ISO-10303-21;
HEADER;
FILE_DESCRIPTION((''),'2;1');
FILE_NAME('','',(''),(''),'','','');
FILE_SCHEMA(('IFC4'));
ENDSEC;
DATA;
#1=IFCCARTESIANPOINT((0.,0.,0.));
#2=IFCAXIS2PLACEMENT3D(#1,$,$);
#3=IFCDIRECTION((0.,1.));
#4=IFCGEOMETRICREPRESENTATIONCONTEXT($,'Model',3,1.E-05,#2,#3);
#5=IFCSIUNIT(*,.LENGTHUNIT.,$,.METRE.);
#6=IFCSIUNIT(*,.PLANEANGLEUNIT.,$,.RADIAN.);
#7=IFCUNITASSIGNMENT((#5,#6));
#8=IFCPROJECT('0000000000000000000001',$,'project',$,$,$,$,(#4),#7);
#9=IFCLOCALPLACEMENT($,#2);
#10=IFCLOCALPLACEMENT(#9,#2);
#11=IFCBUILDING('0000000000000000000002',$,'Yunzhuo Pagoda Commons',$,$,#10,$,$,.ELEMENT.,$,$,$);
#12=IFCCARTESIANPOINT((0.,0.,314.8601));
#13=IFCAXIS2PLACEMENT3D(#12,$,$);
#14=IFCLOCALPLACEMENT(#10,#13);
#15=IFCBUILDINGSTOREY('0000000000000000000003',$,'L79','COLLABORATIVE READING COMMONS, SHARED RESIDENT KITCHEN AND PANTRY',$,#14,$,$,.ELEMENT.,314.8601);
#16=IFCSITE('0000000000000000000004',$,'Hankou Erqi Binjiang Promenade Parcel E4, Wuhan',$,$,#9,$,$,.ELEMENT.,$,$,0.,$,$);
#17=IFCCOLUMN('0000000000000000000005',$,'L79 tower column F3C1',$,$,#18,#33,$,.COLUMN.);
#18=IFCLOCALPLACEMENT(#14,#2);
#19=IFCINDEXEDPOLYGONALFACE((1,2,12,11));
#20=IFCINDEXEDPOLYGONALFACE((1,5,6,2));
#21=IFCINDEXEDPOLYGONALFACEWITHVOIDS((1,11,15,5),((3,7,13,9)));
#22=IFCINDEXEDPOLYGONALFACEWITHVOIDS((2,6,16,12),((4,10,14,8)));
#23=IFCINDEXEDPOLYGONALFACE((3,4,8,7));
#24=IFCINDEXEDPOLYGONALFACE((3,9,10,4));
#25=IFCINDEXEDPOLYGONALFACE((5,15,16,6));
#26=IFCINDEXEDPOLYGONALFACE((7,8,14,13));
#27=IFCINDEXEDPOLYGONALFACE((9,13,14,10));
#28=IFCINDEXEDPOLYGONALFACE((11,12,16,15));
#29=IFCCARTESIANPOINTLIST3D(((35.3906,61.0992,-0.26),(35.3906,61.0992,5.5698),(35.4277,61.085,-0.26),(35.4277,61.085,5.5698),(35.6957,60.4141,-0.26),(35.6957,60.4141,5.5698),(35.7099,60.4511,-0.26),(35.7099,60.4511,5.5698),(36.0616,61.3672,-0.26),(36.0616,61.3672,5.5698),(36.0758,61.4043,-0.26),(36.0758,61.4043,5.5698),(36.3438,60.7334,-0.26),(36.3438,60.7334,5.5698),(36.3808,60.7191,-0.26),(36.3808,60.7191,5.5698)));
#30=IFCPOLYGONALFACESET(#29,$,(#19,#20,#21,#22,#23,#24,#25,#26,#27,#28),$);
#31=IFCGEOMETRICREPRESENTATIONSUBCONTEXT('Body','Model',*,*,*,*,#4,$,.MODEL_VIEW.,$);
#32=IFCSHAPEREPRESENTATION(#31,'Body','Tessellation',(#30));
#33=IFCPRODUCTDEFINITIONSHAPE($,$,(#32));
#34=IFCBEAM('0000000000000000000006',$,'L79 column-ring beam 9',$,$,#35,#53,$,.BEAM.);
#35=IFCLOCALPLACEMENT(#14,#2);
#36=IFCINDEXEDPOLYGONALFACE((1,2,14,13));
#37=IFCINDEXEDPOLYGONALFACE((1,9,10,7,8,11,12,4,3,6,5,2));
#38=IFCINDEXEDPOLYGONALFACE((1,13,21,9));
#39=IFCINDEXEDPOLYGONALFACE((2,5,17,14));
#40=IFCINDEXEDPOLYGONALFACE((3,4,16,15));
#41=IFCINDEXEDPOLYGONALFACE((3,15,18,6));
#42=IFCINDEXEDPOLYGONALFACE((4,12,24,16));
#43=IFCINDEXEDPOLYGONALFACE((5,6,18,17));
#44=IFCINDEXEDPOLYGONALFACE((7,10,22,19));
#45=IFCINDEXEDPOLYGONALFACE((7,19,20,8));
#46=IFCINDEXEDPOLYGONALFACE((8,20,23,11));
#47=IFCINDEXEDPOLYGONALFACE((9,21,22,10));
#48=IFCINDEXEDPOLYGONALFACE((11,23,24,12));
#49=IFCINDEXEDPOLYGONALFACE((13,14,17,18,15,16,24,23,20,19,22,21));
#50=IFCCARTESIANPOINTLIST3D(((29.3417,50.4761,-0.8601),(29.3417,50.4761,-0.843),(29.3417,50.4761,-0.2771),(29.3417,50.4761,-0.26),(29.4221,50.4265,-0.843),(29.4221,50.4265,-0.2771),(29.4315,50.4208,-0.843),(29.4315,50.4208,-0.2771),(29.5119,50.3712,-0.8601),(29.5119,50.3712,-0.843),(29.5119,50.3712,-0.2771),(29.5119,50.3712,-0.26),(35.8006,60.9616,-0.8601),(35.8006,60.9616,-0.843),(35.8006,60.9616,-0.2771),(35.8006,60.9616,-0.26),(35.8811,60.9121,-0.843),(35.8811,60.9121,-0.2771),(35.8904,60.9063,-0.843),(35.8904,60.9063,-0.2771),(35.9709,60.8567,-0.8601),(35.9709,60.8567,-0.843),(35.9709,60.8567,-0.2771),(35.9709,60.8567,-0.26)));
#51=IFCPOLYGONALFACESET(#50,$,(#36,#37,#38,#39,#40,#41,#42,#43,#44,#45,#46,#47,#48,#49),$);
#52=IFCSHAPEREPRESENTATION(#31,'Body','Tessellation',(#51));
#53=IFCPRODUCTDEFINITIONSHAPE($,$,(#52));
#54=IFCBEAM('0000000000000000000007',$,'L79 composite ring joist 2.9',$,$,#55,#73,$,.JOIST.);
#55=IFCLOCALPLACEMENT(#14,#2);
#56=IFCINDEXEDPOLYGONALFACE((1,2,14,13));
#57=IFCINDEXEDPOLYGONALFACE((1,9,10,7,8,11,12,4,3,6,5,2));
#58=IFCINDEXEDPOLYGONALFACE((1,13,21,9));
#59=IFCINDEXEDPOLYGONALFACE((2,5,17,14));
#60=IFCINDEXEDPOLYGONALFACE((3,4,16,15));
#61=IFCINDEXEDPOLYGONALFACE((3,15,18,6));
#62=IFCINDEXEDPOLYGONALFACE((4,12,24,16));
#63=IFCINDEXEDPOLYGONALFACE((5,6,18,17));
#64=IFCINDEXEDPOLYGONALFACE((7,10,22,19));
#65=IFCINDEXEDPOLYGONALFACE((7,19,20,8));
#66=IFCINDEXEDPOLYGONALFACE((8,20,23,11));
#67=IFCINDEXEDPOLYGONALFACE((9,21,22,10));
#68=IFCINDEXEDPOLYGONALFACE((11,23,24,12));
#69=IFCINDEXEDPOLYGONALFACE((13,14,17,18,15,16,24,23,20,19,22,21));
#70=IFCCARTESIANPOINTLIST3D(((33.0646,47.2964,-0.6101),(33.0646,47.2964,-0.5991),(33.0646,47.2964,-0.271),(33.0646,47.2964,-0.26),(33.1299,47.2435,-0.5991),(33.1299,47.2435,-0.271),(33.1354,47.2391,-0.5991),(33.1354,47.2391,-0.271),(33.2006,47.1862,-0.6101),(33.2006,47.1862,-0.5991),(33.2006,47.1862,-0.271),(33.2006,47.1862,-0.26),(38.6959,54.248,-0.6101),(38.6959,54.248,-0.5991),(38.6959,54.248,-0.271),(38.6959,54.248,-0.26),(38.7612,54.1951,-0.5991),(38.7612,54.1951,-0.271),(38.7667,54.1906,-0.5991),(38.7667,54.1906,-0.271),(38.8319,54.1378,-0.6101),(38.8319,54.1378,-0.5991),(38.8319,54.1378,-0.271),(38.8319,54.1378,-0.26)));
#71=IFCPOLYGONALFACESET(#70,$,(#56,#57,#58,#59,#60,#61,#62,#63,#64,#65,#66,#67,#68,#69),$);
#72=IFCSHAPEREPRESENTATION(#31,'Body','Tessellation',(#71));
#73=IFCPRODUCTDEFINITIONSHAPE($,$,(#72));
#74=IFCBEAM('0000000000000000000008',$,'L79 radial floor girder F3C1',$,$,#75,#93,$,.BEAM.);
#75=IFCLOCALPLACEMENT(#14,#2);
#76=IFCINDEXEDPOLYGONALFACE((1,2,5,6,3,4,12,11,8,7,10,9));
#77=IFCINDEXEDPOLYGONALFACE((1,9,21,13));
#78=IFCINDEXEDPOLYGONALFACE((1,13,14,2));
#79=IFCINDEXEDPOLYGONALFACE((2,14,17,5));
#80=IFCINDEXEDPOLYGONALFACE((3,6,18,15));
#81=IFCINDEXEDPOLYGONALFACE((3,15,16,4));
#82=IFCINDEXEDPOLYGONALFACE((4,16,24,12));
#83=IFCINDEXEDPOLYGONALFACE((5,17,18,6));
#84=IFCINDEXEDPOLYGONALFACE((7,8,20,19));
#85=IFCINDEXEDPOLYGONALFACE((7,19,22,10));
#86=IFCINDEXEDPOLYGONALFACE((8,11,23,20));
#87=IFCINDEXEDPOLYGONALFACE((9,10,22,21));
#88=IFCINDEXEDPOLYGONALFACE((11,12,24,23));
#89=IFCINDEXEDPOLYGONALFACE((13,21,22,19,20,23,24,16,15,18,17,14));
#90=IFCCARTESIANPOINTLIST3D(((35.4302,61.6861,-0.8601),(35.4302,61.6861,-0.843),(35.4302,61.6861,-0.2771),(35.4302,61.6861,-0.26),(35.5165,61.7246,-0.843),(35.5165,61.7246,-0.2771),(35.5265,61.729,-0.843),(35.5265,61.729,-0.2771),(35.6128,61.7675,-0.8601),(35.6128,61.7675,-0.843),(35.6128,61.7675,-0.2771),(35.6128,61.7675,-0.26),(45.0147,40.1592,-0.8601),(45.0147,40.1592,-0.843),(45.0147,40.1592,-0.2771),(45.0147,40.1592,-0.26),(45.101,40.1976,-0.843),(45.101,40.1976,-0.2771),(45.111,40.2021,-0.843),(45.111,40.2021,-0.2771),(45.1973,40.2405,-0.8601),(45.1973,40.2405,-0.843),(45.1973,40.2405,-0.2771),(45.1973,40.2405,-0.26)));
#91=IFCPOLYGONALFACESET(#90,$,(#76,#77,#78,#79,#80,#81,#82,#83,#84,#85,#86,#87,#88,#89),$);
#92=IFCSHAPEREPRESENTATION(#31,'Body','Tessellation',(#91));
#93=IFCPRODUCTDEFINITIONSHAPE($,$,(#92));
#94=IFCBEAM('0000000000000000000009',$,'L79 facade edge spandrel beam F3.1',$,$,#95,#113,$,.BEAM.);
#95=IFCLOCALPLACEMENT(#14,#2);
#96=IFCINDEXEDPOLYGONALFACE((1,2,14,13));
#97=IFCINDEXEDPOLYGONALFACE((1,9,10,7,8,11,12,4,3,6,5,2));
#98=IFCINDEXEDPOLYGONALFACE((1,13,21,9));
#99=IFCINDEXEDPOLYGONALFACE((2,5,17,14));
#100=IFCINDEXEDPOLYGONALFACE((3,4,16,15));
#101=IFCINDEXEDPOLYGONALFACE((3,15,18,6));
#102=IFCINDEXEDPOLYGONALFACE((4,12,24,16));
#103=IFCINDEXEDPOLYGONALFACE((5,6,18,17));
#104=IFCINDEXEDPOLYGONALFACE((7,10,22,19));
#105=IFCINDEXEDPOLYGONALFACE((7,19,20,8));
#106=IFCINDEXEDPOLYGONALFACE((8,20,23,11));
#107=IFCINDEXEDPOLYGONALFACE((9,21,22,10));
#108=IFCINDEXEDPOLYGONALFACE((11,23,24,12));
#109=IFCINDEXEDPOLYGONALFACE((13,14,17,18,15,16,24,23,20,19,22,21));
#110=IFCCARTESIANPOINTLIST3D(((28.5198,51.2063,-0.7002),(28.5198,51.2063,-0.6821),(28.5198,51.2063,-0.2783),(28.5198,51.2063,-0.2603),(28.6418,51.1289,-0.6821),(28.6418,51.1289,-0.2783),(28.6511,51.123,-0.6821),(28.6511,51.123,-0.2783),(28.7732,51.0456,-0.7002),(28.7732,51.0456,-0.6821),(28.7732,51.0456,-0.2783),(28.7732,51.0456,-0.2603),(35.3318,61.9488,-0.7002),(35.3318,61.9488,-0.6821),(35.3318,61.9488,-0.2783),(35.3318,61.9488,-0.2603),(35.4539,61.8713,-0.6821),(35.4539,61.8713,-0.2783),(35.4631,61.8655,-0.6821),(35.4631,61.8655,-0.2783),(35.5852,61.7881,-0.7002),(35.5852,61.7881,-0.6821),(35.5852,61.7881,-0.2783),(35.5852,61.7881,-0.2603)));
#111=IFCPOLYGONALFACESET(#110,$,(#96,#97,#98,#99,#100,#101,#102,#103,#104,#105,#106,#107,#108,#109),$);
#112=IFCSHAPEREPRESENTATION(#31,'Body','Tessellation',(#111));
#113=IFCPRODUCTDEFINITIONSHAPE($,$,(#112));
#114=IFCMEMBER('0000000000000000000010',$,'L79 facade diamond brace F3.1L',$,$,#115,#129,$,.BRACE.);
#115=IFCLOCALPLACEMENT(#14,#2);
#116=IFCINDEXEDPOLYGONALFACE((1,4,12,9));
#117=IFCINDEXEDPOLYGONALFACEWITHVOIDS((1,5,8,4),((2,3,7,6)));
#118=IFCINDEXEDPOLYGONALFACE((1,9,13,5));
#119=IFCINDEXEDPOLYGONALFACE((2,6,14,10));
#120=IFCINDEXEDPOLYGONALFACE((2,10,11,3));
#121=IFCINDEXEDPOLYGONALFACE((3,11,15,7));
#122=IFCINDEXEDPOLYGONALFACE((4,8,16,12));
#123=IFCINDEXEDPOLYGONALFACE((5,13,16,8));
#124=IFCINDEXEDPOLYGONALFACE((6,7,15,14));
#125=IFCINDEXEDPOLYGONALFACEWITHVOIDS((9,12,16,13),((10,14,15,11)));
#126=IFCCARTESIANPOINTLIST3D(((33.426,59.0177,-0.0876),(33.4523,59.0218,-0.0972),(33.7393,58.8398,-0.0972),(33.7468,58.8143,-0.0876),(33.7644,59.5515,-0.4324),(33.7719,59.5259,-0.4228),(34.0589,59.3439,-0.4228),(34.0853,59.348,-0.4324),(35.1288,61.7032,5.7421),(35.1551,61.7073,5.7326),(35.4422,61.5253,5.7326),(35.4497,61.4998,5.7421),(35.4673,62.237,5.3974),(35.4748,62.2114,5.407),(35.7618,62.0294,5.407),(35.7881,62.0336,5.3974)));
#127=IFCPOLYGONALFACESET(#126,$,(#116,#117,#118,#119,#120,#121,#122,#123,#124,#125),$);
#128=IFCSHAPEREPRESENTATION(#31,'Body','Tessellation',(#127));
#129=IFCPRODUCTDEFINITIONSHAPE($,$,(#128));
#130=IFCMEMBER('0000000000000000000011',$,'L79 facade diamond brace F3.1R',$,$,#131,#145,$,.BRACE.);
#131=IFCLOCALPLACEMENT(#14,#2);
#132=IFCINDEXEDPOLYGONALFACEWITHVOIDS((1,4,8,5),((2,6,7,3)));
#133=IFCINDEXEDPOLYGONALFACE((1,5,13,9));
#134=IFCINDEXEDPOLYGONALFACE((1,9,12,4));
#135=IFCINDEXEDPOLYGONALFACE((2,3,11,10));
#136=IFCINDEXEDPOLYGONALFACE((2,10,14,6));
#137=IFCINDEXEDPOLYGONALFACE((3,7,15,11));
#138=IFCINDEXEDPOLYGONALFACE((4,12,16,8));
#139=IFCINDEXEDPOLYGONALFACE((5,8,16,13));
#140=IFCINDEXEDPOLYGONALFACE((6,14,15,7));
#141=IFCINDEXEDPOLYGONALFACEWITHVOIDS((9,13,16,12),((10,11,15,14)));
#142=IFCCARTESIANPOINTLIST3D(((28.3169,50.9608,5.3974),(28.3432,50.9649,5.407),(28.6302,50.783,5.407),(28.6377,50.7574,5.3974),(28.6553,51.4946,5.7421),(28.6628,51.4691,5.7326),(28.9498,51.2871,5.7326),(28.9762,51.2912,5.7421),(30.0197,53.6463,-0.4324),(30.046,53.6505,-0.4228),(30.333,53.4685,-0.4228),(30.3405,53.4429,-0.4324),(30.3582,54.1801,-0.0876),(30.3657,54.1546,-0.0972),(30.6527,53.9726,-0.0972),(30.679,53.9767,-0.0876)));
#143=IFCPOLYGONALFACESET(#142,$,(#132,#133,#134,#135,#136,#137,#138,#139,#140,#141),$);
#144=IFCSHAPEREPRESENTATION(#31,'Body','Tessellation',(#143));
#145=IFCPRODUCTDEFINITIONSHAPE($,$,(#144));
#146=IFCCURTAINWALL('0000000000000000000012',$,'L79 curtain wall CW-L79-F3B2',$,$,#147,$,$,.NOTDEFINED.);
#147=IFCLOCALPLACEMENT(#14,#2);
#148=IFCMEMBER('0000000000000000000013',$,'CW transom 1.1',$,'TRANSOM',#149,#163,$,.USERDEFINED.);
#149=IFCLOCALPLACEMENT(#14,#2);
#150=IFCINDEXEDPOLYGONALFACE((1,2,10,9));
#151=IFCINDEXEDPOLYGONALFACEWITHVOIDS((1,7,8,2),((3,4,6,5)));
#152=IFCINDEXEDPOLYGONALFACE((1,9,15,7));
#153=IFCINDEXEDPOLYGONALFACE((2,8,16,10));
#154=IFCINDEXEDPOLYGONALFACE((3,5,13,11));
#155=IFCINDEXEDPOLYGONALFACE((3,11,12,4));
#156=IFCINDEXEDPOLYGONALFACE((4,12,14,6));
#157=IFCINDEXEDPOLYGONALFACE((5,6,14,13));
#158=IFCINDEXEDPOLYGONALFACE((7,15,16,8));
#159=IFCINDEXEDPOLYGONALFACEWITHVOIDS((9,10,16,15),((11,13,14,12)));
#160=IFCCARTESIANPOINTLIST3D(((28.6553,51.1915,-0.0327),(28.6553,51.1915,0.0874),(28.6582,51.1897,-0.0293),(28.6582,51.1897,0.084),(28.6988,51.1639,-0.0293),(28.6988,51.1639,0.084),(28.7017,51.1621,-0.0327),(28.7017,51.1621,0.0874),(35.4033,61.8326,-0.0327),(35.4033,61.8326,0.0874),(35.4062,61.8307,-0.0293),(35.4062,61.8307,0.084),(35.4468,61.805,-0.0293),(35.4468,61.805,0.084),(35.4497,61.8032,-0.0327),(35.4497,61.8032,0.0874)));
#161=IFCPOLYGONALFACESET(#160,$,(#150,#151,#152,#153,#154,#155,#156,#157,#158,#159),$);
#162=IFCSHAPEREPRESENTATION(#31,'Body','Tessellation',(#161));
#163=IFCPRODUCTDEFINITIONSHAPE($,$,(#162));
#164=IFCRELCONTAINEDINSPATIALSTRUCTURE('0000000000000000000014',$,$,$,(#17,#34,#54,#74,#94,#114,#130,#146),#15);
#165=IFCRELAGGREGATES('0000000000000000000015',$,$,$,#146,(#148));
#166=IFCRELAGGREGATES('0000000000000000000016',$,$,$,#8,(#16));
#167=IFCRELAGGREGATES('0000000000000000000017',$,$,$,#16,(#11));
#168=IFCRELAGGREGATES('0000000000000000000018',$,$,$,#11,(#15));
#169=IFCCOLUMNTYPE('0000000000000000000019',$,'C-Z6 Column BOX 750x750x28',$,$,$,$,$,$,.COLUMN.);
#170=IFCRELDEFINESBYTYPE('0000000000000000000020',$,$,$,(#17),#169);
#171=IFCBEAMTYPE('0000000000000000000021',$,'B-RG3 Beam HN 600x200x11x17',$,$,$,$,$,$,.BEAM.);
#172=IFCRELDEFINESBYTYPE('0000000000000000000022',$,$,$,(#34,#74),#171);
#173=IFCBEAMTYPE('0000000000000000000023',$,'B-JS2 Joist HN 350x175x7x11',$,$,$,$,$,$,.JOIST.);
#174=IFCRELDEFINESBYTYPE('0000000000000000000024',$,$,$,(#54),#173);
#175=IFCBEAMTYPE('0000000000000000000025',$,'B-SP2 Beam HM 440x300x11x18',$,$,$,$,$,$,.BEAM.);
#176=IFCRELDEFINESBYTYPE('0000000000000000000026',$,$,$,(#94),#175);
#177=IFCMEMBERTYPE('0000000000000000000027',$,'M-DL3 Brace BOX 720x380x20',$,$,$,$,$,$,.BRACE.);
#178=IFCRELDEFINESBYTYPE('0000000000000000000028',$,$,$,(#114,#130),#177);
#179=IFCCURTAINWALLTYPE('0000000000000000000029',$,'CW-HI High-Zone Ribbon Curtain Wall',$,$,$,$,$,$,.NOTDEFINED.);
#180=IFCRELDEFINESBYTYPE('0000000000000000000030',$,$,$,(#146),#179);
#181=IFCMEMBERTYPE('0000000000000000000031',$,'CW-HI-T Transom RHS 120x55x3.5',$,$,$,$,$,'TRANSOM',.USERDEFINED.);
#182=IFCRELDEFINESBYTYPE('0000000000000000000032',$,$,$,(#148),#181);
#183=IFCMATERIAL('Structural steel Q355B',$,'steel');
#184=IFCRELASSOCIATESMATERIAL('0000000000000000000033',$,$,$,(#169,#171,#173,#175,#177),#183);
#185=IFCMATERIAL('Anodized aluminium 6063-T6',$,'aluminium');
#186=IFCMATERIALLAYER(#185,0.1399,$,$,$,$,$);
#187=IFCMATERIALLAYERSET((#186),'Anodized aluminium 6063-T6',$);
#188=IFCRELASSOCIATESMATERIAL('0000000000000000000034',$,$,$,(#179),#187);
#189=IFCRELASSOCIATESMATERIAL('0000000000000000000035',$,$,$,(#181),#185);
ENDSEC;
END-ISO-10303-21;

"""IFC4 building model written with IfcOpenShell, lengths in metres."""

from ifc_helpers import new_model, si_unit, direction, frame, origin, origin_2d, place, context, subcontext, project, spatial, hollow_rectangle, i_section, extrude, source, transform, mapped, material, layer, layer_set, material_profile, profile_set, type_object, element, aggregate, save


model = new_model("IFC4")

# Units and contexts
model_context = context("Model", 3, precision=1e-05, world=origin(), true_north=direction((0.0, 1.0)))
body_context = subcontext(model_context, "Body", "Model", "MODEL_VIEW")
ifc_project = project(units=[si_unit("LENGTHUNIT", "METRE"), si_unit("PLANEANGLEUNIT", "RADIAN")], contexts=[model_context])

# Site, building, storey
site_placement = place(None, origin())
site = spatial("IfcSite", under=ifc_project, at=site_placement, Name="Hankou Erqi Binjiang Promenade Parcel E4, Wuhan", CompositionType="ELEMENT", RefElevation=0.0)
building_placement = place(site_placement, origin())
building = spatial("IfcBuilding", under=site, at=building_placement, Name="Yunzhuo Pagoda Commons", CompositionType="ELEMENT")
storey_placement = place(building_placement, frame((0.0, 0.0, 314.8601)))
storey = spatial("IfcBuildingStorey", under=building, at=storey_placement, Name="L79", Description="COLLABORATIVE READING COMMONS, SHARED RESIDENT KITCHEN AND PANTRY", CompositionType="ELEMENT", Elevation=314.8601)

# Column
ifc_material_1 = material(Name="Structural steel Q355B", Category="steel")
ifc_material_profile_1 = material_profile(ifc_material_1, hollow_rectangle(XDim=0.75, YDim=0.75, WallThickness=0.0281, at=origin_2d()), Name="Structural steel Q355B")
ifc_profile_set_1 = profile_set([ifc_material_profile_1], Name="Structural steel Q355B")
column_type = type_object("IfcColumnType", Name="C-Z6 Column BOX 750x750x28", PredefinedType="COLUMN", material=ifc_profile_set_1)
shared_shape_1 = source(origin(), body_context, "Body", "SweptSolid", [
    extrude(hollow_rectangle(XDim=0.75, YDim=0.75, WallThickness=0.0281, at=origin_2d()), origin(), (0.0, 0.0, 1.0), 5.8298),
])
column_placement = place(storey_placement, frame((35.8857, 60.9092, -0.26), z_axis=(0.0, 0.0, 1.0), x_axis=(-0.913545, -0.406737, 0.0)))
element("IfcColumn", 1, at=column_placement, inside=storey, type_object=column_type, Name="L79 tower column F3C1", PredefinedType="COLUMN", context=body_context, shape_type="MappedRepresentation", body=[
    mapped(shared_shape_1, transform((0.0, 0.0, 0.0), scale=1.0)),
])

# Beams
ifc_material_profile_2 = material_profile(ifc_material_1, i_section(OverallWidth=0.2, OverallDepth=0.6001, WebThickness=0.011, FlangeThickness=0.0171, at=origin_2d()), Name="Structural steel Q355B")
ifc_profile_set_2 = profile_set([ifc_material_profile_2], Name="Structural steel Q355B")
beam_type_1 = type_object("IfcBeamType", Name="B-RG3 Beam HN 600x200x11x17", PredefinedType="BEAM", material=ifc_profile_set_2)
shared_shape_2 = source(origin(), body_context, "Body", "SweptSolid", [
    extrude(i_section(OverallWidth=0.2, OverallDepth=0.6001, WebThickness=0.011, FlangeThickness=0.0171, at=origin_2d()), origin(), (0.0, 0.0, 1.0), 12.3152),
])
beam_1_placement = place(storey_placement, frame((35.8857, 60.9092, -0.5601), z_axis=(-0.524469, -0.85143, 0.0), x_axis=(0.85143, -0.524469, 0.0)))
element("IfcBeam", 2, at=beam_1_placement, inside=storey, type_object=beam_type_1, Name="L79 column-ring beam 9", PredefinedType="BEAM", context=body_context, shape_type="MappedRepresentation", body=[
    mapped(shared_shape_2, transform((0.0, 0.0, 0.0), scale=1.0)),
])
ifc_material_profile_3 = material_profile(ifc_material_1, i_section(OverallWidth=0.175, OverallDepth=0.3501, WebThickness=0.0071, FlangeThickness=0.011, at=origin_2d()), Name="Structural steel Q355B")
ifc_profile_set_3 = profile_set([ifc_material_profile_3], Name="Structural steel Q355B")
beam_type_2 = type_object("IfcBeamType", Name="B-JS2 Joist HN 350x175x7x11", PredefinedType="JOIST", material=ifc_profile_set_3)
shared_shape_3 = source(origin(), body_context, "Body", "SweptSolid", [
    extrude(i_section(OverallWidth=0.175, OverallDepth=0.3501, WebThickness=0.0071, FlangeThickness=0.011, at=origin_2d()), origin(), (0.0, 0.0, 1.0), 8.9463),
])
beam_2_placement = place(storey_placement, frame((38.7639, 54.1929, -0.4351), z_axis=(-0.629456, -0.777036, 0.0), x_axis=(0.777036, -0.629456, 0.0)))
element("IfcBeam", 3, at=beam_2_placement, inside=storey, type_object=beam_type_2, Name="L79 composite ring joist 2.9", PredefinedType="JOIST", context=body_context, shape_type="MappedRepresentation", body=[
    mapped(shared_shape_3, transform((0.0, 0.0, 0.0), scale=1.0)),
])
shared_shape_4 = source(origin(), body_context, "Body", "SweptSolid", [
    extrude(i_section(OverallWidth=0.2, OverallDepth=0.6001, WebThickness=0.011, FlangeThickness=0.0171, at=origin_2d()), origin(), (0.0, 0.0, 1.0), 23.5642),
])
beam_3_placement = place(storey_placement, frame((35.5215, 61.7268, -0.5601), z_axis=(0.40674, -0.913544, 0.0), x_axis=(0.913544, 0.40674, 0.0)))
element("IfcBeam", 4, at=beam_3_placement, inside=storey, type_object=beam_type_1, Name="L79 radial floor girder F3C1", PredefinedType="BEAM", context=body_context, shape_type="MappedRepresentation", body=[
    mapped(shared_shape_4, transform((0.0, 0.0, 0.0), scale=1.0)),
])
ifc_material_profile_4 = material_profile(ifc_material_1, i_section(OverallWidth=0.3, OverallDepth=0.4399, WebThickness=0.011, FlangeThickness=0.0181, at=origin_2d()), Name="Structural steel Q355B")
ifc_profile_set_4 = profile_set([ifc_material_profile_4], Name="Structural steel Q355B")
beam_type_3 = type_object("IfcBeamType", Name="B-SP2 Beam HM 440x300x11x18", PredefinedType="BEAM", material=ifc_profile_set_4)
shared_shape_5 = source(origin(), body_context, "Body", "SweptSolid", [
    extrude(i_section(OverallWidth=0.3, OverallDepth=0.4399, WebThickness=0.011, FlangeThickness=0.0181, at=origin_2d()), origin(), (0.0, 0.0, 1.0), 12.7202),
])
beam_4_placement = place(storey_placement, frame((35.4585, 61.8684, -0.4802), z_axis=(-0.535527, -0.844518, 0.0), x_axis=(0.844518, -0.535527, 0.0)))
element("IfcBeam", 5, at=beam_4_placement, inside=storey, type_object=beam_type_3, Name="L79 facade edge spandrel beam F3.1", PredefinedType="BEAM", context=body_context, shape_type="MappedRepresentation", body=[
    mapped(shared_shape_5, transform((0.0, 0.0, 0.0), scale=1.0)),
])

# Members
ifc_material_profile_5 = material_profile(ifc_material_1, hollow_rectangle(XDim=0.3799, YDim=0.72, WallThickness=0.02, at=origin_2d()), Name="Structural steel Q355B")
ifc_profile_set_5 = profile_set([ifc_material_profile_5], Name="Structural steel Q355B")
member_type_1 = type_object("IfcMemberType", Name="M-DL3 Brace BOX 720x380x20", PredefinedType="BRACE", material=ifc_profile_set_5)
shared_shape_6 = source(origin(), body_context, "Body", "SweptSolid", [
    extrude(hollow_rectangle(XDim=0.3799, YDim=0.72, WallThickness=0.02, at=origin_2d()), origin(), (0.0, 0.0, 1.0), 6.6406),
])
for number, where, z_axis, x_axis, name in (
    (6, (33.7556, 59.1829, -0.26), (0.256431, 0.404407, 0.877894), (-0.84453, 0.535509, 0.0), "L79 facade diamond brace F3.1L"),
    (7, (30.3494, 53.8115, -0.26), (-0.256431, -0.404407, 0.877894), (0.84453, -0.535509, 0.0), "L79 facade diamond brace F3.1R"),
):
    element("IfcMember", number, at=place(storey_placement, frame(where, z_axis=z_axis, x_axis=x_axis)), inside=storey, type_object=member_type_1, Name=name, PredefinedType="BRACE", context=body_context, shape_type="MappedRepresentation", body=[
        mapped(shared_shape_6, transform((0.0, 0.0, 0.0), scale=1.0)),
    ])

# Curtain wall, member
ifc_material_2 = material(Name="Anodized aluminium 6063-T6", Category="aluminium")
ifc_layer_1 = layer(ifc_material_2, 0.1399)
ifc_layer_set_1 = layer_set([ifc_layer_1], Name="Anodized aluminium 6063-T6")
curtain_wall_type = type_object("IfcCurtainWallType", Name="CW-HI High-Zone Ribbon Curtain Wall", PredefinedType="NOTDEFINED", material=ifc_layer_set_1)
curtain_wall_1_placement = place(storey_placement, origin())
curtain_wall_1 = element("IfcCurtainWall", 8, at=curtain_wall_1_placement, inside=storey, type_object=curtain_wall_type, Name="L79 curtain wall CW-L79-F3B2", PredefinedType="NOTDEFINED")
ifc_material_profile_6 = material_profile(ifc_material_2, hollow_rectangle(XDim=0.0549, YDim=0.1201, WallThickness=0.0034, at=origin_2d()), Name="Anodized aluminium 6063-T6")
ifc_profile_set_6 = profile_set([ifc_material_profile_6], Name="Anodized aluminium 6063-T6")
member_type_2 = type_object("IfcMemberType", Name="CW-HI-T Transom RHS 120x55x3.5", ElementType="TRANSOM", PredefinedType="USERDEFINED", material=ifc_profile_set_6)
shared_shape_7 = source(origin(), body_context, "Body", "SweptSolid", [
    extrude(hollow_rectangle(XDim=0.0549, YDim=0.1201, WallThickness=0.0034, at=origin_2d()), origin(), (0.0, 0.0, 1.0), 12.6003),
])
member_1_placement = place(storey_placement, frame((35.4265, 61.8179, 0.0273), z_axis=(-0.535543, -0.844508, 0.0), x_axis=(0.844508, -0.535543, 0.0)))
member_1 = element("IfcMember", 9, at=member_1_placement, type_object=member_type_2, Name="CW transom 1.1", ObjectType="TRANSOM", PredefinedType="USERDEFINED", context=body_context, shape_type="MappedRepresentation", body=[
    mapped(shared_shape_7, transform((0.0, 0.0, 0.0), scale=1.0)),
])

aggregate(curtain_wall_1, [member_1])

save(model, "model.ifc")
